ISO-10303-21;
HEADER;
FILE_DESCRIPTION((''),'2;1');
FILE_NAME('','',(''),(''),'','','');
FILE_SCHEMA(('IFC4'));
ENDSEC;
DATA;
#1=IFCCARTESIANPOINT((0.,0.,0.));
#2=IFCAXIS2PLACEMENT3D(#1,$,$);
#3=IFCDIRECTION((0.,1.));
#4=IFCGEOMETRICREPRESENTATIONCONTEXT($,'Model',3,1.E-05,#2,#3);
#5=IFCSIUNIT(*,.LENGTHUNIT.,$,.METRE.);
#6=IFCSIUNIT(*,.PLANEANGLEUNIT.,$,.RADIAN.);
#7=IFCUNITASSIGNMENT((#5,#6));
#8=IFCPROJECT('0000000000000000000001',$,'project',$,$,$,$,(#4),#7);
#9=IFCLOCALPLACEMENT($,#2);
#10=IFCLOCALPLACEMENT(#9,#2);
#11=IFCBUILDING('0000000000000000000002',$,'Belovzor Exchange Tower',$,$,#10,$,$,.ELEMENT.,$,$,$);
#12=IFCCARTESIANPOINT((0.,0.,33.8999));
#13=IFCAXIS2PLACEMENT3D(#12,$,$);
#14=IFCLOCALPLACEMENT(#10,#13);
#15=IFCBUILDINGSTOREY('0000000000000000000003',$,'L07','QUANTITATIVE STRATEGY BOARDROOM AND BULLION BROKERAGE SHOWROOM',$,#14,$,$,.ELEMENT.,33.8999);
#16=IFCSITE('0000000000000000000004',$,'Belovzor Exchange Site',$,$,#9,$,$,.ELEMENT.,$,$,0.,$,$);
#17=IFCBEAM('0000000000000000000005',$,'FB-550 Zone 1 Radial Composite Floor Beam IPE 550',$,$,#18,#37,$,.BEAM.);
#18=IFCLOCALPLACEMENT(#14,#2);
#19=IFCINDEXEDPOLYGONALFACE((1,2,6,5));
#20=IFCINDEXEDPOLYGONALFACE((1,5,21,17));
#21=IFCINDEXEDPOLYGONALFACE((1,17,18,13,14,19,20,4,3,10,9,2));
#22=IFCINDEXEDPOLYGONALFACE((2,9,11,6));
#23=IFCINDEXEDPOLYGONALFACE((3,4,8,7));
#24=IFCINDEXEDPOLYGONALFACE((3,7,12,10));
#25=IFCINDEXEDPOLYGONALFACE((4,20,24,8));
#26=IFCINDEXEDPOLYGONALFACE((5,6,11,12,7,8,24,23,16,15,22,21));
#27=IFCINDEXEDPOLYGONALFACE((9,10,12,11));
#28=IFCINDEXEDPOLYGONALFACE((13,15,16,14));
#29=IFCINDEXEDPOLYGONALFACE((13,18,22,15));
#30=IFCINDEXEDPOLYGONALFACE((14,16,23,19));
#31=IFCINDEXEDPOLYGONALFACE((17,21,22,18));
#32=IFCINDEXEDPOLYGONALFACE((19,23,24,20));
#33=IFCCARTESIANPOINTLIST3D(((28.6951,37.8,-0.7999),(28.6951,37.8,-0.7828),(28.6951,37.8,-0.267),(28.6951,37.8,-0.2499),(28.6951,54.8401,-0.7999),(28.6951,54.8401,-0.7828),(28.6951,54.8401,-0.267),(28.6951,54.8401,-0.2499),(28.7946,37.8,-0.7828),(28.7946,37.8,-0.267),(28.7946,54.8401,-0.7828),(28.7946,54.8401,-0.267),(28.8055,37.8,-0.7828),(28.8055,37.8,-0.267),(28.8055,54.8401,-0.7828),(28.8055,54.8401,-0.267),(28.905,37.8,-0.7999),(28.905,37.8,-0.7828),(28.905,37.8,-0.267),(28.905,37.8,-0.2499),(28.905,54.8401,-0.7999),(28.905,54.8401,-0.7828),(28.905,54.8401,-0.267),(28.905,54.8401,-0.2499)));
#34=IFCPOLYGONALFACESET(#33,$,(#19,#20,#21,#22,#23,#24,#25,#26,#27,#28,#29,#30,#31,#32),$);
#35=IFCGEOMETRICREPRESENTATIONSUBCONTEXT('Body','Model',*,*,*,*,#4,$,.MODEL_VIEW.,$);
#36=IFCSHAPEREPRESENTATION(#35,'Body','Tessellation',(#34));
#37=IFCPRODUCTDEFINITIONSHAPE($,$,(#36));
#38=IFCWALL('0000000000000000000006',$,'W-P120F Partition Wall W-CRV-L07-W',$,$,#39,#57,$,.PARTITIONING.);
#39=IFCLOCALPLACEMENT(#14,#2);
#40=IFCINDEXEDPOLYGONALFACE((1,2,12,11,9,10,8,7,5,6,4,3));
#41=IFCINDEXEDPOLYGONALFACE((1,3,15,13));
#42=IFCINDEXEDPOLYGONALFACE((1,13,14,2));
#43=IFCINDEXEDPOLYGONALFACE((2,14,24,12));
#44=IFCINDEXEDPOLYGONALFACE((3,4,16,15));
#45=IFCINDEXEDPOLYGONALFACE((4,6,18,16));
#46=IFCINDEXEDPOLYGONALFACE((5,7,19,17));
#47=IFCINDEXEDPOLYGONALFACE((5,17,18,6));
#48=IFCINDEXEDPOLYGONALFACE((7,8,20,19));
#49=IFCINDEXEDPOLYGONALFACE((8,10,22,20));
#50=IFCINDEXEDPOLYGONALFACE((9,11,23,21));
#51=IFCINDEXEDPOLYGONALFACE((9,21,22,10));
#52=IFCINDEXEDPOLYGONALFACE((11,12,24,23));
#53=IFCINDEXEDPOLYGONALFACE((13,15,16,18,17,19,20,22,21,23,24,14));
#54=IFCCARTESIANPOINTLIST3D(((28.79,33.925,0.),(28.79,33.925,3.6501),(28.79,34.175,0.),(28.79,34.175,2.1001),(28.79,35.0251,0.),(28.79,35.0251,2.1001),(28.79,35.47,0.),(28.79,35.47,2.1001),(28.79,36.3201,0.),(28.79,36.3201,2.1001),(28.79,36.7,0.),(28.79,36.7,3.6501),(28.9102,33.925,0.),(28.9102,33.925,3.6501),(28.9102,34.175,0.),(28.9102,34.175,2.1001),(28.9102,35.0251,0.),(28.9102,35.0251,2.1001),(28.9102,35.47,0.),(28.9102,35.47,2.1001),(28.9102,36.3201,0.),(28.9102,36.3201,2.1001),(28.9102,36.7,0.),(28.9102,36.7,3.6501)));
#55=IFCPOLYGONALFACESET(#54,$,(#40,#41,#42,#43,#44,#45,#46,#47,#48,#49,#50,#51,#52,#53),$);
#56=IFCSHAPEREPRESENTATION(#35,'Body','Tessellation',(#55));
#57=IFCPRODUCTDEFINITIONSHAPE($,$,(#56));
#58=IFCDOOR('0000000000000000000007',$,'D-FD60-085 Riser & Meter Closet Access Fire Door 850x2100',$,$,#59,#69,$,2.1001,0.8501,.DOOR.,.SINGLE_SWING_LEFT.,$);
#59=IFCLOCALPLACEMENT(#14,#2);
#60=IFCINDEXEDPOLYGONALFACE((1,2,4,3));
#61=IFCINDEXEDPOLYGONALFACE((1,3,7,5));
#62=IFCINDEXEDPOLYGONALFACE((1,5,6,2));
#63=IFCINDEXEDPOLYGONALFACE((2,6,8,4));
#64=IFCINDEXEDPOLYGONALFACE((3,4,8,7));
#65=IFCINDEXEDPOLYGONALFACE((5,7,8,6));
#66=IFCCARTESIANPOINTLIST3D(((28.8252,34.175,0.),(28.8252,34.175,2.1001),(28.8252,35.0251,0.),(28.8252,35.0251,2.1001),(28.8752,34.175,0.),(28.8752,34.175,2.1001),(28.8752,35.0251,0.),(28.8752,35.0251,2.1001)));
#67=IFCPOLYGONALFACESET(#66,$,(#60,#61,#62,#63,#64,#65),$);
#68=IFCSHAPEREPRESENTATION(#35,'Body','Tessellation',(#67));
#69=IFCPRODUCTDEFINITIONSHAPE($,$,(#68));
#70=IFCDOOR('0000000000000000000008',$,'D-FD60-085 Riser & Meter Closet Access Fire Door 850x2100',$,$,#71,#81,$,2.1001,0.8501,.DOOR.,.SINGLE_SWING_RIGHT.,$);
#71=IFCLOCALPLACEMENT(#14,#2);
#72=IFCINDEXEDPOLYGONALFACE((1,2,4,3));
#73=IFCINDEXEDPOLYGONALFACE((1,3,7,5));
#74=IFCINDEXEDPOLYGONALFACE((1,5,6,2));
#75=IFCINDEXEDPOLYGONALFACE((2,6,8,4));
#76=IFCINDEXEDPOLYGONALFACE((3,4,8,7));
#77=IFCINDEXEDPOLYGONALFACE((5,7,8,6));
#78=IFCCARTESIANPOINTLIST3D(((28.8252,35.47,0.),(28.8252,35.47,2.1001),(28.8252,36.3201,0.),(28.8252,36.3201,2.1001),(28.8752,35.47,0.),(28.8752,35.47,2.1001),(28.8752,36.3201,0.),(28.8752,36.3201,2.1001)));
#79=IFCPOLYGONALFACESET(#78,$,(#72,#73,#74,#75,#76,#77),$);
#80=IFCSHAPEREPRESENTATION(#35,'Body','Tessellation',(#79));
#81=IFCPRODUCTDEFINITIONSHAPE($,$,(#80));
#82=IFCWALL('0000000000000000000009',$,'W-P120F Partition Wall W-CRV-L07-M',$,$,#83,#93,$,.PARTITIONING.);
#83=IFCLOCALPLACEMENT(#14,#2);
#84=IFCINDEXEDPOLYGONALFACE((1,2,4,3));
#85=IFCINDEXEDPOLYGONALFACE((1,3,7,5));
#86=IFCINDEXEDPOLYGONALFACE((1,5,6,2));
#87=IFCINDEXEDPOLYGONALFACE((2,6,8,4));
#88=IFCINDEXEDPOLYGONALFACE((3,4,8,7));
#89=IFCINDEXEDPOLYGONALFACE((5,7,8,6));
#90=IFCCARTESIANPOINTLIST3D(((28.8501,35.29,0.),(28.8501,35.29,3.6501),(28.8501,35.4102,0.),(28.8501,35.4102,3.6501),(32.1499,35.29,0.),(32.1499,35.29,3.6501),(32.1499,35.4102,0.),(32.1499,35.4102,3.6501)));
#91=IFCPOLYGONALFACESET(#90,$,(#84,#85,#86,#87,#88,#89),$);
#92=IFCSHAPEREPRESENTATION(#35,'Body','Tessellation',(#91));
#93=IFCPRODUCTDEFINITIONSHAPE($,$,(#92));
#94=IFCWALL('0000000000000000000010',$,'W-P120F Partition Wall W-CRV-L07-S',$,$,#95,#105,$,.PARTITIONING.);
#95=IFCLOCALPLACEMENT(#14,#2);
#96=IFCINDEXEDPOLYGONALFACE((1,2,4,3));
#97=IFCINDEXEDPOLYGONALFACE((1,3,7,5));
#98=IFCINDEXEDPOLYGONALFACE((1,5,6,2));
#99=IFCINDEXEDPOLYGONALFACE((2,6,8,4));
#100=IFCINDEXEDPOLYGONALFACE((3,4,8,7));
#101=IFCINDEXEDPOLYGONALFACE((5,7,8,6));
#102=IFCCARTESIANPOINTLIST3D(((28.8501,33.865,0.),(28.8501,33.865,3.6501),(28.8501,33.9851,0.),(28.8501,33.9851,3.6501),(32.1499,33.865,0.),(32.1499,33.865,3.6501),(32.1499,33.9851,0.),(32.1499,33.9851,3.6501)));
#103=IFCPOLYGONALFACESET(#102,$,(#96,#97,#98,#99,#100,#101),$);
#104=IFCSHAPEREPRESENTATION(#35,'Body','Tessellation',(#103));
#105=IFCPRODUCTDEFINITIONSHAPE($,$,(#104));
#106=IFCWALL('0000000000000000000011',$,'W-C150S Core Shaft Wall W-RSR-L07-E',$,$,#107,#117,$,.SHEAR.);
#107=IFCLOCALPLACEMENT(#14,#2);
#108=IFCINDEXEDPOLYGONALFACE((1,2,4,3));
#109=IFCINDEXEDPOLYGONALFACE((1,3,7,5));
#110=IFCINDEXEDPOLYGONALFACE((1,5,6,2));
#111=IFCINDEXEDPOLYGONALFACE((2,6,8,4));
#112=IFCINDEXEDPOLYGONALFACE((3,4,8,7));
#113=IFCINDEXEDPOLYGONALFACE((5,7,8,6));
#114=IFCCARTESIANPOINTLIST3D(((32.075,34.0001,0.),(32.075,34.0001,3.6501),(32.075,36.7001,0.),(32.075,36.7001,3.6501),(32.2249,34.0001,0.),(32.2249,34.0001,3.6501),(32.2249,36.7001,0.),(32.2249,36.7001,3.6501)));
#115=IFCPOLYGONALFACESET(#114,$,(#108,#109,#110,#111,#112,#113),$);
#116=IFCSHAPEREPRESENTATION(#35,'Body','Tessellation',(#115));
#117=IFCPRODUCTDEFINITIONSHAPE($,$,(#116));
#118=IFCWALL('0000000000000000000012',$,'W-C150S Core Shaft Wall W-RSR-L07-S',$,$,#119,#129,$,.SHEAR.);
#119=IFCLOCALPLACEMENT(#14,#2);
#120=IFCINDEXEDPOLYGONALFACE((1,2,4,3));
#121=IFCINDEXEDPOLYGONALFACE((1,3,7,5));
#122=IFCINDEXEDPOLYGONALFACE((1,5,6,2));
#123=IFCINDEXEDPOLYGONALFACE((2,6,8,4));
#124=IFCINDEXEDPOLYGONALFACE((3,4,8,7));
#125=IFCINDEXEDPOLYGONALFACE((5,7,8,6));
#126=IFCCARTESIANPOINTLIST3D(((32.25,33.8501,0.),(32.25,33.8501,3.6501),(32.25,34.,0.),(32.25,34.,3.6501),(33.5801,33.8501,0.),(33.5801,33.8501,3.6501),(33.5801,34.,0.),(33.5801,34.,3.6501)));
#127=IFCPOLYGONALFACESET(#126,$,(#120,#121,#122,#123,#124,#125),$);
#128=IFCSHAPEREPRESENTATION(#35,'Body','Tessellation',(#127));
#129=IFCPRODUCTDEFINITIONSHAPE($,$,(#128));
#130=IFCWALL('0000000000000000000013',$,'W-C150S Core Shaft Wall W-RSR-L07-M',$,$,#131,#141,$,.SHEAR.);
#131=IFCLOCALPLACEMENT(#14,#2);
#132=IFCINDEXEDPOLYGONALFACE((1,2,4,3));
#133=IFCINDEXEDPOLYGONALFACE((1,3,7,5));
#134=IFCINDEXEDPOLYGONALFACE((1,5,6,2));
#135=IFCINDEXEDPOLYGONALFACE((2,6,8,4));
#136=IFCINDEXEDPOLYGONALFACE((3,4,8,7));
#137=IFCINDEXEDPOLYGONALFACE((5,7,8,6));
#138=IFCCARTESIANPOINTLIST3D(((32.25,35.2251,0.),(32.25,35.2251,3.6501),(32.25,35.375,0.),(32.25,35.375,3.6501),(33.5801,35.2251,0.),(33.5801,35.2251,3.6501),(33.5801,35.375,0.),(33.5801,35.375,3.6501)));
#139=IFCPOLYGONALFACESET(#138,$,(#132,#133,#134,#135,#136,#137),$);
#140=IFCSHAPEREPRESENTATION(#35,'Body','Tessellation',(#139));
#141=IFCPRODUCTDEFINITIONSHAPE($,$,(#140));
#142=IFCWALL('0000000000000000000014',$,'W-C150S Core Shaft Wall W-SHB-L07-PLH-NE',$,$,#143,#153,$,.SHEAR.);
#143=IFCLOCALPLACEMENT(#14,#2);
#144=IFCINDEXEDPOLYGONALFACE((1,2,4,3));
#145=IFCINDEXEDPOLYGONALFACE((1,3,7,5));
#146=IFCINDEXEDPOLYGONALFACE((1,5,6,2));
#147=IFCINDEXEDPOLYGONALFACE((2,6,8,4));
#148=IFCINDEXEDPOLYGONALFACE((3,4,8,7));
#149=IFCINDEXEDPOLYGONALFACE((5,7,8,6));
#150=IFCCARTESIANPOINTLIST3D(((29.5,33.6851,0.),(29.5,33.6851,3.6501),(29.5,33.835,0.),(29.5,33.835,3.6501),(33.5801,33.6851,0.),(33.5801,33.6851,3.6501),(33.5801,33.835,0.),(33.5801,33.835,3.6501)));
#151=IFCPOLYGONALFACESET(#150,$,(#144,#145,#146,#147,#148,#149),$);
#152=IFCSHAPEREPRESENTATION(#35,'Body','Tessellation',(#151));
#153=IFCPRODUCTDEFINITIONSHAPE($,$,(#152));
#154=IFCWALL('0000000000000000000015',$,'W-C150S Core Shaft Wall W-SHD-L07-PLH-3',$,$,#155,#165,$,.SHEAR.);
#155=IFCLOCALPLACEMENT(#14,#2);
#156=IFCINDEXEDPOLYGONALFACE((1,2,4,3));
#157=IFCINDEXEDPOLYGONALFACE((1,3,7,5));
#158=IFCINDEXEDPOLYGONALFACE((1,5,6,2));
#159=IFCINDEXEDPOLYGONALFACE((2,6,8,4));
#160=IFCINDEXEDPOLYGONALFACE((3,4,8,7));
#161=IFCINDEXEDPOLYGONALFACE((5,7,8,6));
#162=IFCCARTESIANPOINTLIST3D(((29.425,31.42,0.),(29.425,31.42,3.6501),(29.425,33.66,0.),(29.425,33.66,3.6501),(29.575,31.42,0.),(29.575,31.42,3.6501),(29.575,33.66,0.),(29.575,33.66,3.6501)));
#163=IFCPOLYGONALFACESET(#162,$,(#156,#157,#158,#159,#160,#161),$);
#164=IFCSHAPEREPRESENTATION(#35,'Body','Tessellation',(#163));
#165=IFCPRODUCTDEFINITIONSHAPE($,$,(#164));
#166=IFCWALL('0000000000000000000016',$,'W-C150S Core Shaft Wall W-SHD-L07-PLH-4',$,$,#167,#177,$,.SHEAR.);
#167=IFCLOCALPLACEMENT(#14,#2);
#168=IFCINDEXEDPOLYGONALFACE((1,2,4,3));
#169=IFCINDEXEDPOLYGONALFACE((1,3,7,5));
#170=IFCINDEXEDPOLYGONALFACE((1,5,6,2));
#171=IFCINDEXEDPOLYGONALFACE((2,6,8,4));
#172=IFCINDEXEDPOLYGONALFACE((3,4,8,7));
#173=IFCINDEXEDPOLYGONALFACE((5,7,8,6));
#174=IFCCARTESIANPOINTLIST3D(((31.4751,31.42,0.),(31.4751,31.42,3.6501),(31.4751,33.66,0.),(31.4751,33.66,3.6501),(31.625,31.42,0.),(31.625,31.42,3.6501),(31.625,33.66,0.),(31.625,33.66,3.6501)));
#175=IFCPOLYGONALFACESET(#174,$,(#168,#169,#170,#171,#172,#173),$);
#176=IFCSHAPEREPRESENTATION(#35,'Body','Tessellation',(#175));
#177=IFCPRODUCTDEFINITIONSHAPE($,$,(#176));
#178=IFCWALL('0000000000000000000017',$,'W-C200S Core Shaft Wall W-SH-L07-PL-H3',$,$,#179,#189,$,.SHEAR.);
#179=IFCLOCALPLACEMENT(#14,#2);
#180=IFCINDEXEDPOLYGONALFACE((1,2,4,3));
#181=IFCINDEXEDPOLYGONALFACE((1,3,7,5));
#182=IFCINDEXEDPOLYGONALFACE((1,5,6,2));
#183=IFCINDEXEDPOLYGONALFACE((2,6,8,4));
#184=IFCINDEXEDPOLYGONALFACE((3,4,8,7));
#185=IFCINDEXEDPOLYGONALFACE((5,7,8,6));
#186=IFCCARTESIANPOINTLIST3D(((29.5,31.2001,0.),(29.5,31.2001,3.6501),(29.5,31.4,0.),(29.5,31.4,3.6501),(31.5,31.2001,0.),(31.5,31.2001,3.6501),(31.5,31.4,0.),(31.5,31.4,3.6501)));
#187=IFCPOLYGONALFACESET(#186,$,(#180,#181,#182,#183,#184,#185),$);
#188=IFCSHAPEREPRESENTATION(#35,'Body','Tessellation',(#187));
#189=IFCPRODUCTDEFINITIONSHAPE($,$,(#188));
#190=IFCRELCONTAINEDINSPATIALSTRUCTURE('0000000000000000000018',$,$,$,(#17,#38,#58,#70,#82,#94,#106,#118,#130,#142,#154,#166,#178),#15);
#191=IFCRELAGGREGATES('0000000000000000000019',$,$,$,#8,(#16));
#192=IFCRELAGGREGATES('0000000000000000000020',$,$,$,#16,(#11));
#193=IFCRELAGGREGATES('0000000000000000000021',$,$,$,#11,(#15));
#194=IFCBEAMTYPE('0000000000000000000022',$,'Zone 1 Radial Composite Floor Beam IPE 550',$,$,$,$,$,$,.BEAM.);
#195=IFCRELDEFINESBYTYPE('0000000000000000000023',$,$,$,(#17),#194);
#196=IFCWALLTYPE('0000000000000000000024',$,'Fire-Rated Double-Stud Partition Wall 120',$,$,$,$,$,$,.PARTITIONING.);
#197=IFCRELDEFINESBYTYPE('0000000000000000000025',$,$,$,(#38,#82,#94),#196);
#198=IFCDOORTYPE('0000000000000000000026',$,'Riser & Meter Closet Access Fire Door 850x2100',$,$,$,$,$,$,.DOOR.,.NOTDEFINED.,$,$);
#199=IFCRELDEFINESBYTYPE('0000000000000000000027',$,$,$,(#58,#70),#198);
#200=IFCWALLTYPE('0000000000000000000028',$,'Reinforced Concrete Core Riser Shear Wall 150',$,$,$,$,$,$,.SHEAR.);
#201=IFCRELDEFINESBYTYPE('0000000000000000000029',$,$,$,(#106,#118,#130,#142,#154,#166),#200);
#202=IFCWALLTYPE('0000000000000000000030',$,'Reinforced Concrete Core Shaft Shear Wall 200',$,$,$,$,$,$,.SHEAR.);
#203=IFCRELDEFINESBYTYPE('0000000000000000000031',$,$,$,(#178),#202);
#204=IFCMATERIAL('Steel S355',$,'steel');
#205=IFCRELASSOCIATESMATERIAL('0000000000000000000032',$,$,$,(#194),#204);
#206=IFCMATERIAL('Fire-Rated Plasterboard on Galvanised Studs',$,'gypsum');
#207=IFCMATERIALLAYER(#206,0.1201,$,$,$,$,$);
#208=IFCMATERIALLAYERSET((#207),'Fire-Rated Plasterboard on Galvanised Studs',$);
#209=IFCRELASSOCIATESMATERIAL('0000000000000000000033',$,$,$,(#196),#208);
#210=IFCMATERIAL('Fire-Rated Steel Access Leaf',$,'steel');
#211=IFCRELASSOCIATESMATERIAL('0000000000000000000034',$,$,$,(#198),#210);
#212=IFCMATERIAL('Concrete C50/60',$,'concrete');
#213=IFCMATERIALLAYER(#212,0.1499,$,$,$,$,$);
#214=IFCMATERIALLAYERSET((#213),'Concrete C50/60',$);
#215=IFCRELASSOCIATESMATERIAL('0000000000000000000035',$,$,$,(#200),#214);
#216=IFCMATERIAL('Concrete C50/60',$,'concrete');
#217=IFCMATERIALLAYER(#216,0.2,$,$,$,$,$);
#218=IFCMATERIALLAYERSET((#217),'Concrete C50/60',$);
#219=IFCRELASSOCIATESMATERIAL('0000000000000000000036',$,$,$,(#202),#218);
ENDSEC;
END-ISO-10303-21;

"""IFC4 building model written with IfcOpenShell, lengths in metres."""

from ifc_helpers import new_model, si_unit, direction, frame, frame_2d, origin, origin_2d, place, context, subcontext, project, spatial, rectangle, i_section, extrude, material, layer, layer_set, material_profile, profile_set, type_object, element, fill, save


model = new_model("IFC4")

# Units and contexts
model_context = context("Model", 3, precision=1e-05, world=origin(), true_north=direction((0.0, 1.0)))
body_context = subcontext(model_context, "Body", "Model", "MODEL_VIEW")
ifc_project = project(units=[si_unit("LENGTHUNIT", "METRE"), si_unit("PLANEANGLEUNIT", "RADIAN")], contexts=[model_context])

# Site, building, storey
site_placement = place(None, origin())
site = spatial("IfcSite", under=ifc_project, at=site_placement, Name="Belovzor Exchange Site", CompositionType="ELEMENT", RefElevation=0.0)
building_placement = place(site_placement, origin())
building = spatial("IfcBuilding", under=site, at=building_placement, Name="Belovzor Exchange Tower", CompositionType="ELEMENT")
storey_placement = place(building_placement, frame((0.0, 0.0, 33.8999)))
storey = spatial("IfcBuildingStorey", under=building, at=storey_placement, Name="L07", Description="QUANTITATIVE STRATEGY BOARDROOM AND BULLION BROKERAGE SHOWROOM", CompositionType="ELEMENT", Elevation=33.8999)

# Beam
ifc_material_1 = material(Name="Steel S355", Category="steel")
ifc_material_profile = material_profile(ifc_material_1, i_section(OverallWidth=0.21, OverallDepth=0.55, WebThickness=0.011, FlangeThickness=0.0171, at=origin_2d()))
ifc_profile_set = profile_set([ifc_material_profile], Name="Steel S355")
beam_type = type_object("IfcBeamType", Name="Zone 1 Radial Composite Floor Beam IPE 550", PredefinedType="BEAM", material=ifc_profile_set)
beam_placement = place(storey_placement, frame((28.8, 37.8, -0.5249), z_axis=(0.0, 1.0, 0.0), x_axis=(-1.0, 0.0, 0.0)))
element("IfcBeam", 1, at=beam_placement, inside=storey, type_object=beam_type, Name="FB-550 Zone 1 Radial Composite Floor Beam IPE 550", PredefinedType="BEAM", context=body_context, shape_type="SweptSolid", body=[
    extrude(i_section(OverallWidth=0.21, OverallDepth=0.55, WebThickness=0.011, FlangeThickness=0.0171, at=origin_2d()), origin(), (0.0, 0.0, 1.0), 17.04),
])

# Wall, openings, doors
ifc_material_2 = material(Name="Fire-Rated Plasterboard on Galvanised Studs", Category="gypsum")
ifc_layer_1 = layer(ifc_material_2, 0.1201)
ifc_layer_set_1 = layer_set([ifc_layer_1], Name="Fire-Rated Plasterboard on Galvanised Studs")
wall_type_1 = type_object("IfcWallType", Name="Fire-Rated Double-Stud Partition Wall 120", PredefinedType="PARTITIONING", material=ifc_layer_set_1)
wall_1_placement = place(storey_placement, frame((28.8501, 33.925, 0.0), z_axis=(0.0, 0.0, 1.0), x_axis=(0.0, 1.0, 0.0)))
wall_1 = element("IfcWall", 2, at=wall_1_placement, inside=storey, type_object=wall_type_1, Name="W-P120F Partition Wall W-CRV-L07-W", PredefinedType="PARTITIONING", context=body_context, shape_type="SweptSolid", body=[
    extrude(rectangle(XDim=2.7749, YDim=0.1201, at=frame_2d((1.3875, 0.0))), origin(), (0.0, 0.0, 1.0), 3.6501),
])
opening_1_placement = place(wall_1_placement, frame((0.25, 0.0, 0.0)))
opening_1 = element("IfcOpeningElement", 3, at=opening_1_placement, cuts=wall_1, PredefinedType="OPENING", context=body_context, shape_type="SweptSolid", body=[
    extrude(rectangle(XDim=0.8501, YDim=2.1001, at=frame_2d((0.425, 1.05))), frame((0.0, 0.0701, 0.0), z_axis=(0.0, -1.0, 0.0), x_axis=(1.0, 0.0, 0.0)), (0.0, 0.0, 1.0), 0.1401),
])
opening_2_placement = place(wall_1_placement, frame((1.5449, 0.0, 0.0)))
opening_2 = element("IfcOpeningElement", 4, at=opening_2_placement, cuts=wall_1, PredefinedType="OPENING", context=body_context, shape_type="SweptSolid", body=[
    extrude(rectangle(XDim=0.8501, YDim=2.1001, at=frame_2d((0.425, 1.05))), frame((0.0, 0.0701, 0.0), z_axis=(0.0, -1.0, 0.0), x_axis=(1.0, 0.0, 0.0)), (0.0, 0.0, 1.0), 0.1401),
])
ifc_material_3 = material(Name="Fire-Rated Steel Access Leaf", Category="steel")
door_type = type_object("IfcDoorType", Name="Riser & Meter Closet Access Fire Door 850x2100", OperationType="NOTDEFINED", PredefinedType="DOOR", material=ifc_material_3)
door_1_placement = place(opening_1_placement, origin())
door_1 = element("IfcDoor", 5, at=door_1_placement, inside=storey, type_object=door_type, Name="D-FD60-085 Riser & Meter Closet Access Fire Door 850x2100", OperationType="SINGLE_SWING_LEFT", OverallHeight=2.1001, OverallWidth=0.8501, PredefinedType="DOOR", context=body_context, shape_type="SweptSolid", body=[
    extrude(rectangle(XDim=0.8501, YDim=2.1001, at=frame_2d((0.425, 1.05))), frame((0.0, 0.0249, 0.0), z_axis=(0.0, -1.0, 0.0), x_axis=(1.0, 0.0, 0.0)), (0.0, 0.0, 1.0), 0.05),
])
fill(opening_1, door_1)
door_2_placement = place(opening_2_placement, origin())
door_2 = element("IfcDoor", 6, at=door_2_placement, inside=storey, type_object=door_type, Name="D-FD60-085 Riser & Meter Closet Access Fire Door 850x2100", OperationType="SINGLE_SWING_RIGHT", OverallHeight=2.1001, OverallWidth=0.8501, PredefinedType="DOOR", context=body_context, shape_type="SweptSolid", body=[
    extrude(rectangle(XDim=0.8501, YDim=2.1001, at=frame_2d((0.425, 1.05))), frame((0.0, 0.0249, 0.0), z_axis=(0.0, -1.0, 0.0), x_axis=(1.0, 0.0, 0.0)), (0.0, 0.0, 1.0), 0.05),
])
fill(opening_2, door_2)

# Walls
for number, where, z_axis, x_axis, name in (
    (7, (28.8501, 35.3501, 0.0), (0.0, 0.0, 1.0), (1.0, 0.0, 0.0), "W-P120F Partition Wall W-CRV-L07-M"),
    (8, (28.8501, 33.925, 0.0), (0.0, 0.0, 1.0), (1.0, 0.0, 0.0), "W-P120F Partition Wall W-CRV-L07-S"),
):
    element("IfcWall", number, at=place(storey_placement, frame(where, z_axis=z_axis, x_axis=x_axis)), inside=storey, type_object=wall_type_1, Name=name, PredefinedType="PARTITIONING", context=body_context, shape_type="SweptSolid", body=[
        extrude(rectangle(XDim=3.2998, YDim=0.1201, at=frame_2d((1.6499, 0.0))), origin(), (0.0, 0.0, 1.0), 3.6501),
    ])
ifc_material_4 = material(Name="Concrete C50/60", Category="concrete")
ifc_layer_2 = layer(ifc_material_4, 0.1499)
ifc_layer_set_2 = layer_set([ifc_layer_2], Name="Concrete C50/60")
wall_type_2 = type_object("IfcWallType", Name="Reinforced Concrete Core Riser Shear Wall 150", PredefinedType="SHEAR", material=ifc_layer_set_2)
wall_2_placement = place(storey_placement, frame((32.1499, 34.0, 0.0), z_axis=(0.0, 0.0, 1.0), x_axis=(0.0, 1.0, 0.0)))
element("IfcWall", 9, at=wall_2_placement, inside=storey, type_object=wall_type_2, Name="W-C150S Core Shaft Wall W-RSR-L07-E", PredefinedType="SHEAR", context=body_context, shape_type="SweptSolid", body=[
    extrude(rectangle(XDim=2.7, YDim=0.1499, at=frame_2d((1.3501, 0.0))), origin(), (0.0, 0.0, 1.0), 3.6501),
])
for number, where, z_axis, x_axis, name in (
    (10, (32.25, 33.925, 0.0), (0.0, 0.0, 1.0), (1.0, 0.0, 0.0), "W-C150S Core Shaft Wall W-RSR-L07-S"),
    (11, (32.25, 35.3, 0.0), (0.0, 0.0, 1.0), (1.0, 0.0, 0.0), "W-C150S Core Shaft Wall W-RSR-L07-M"),
):
    element("IfcWall", number, at=place(storey_placement, frame(where, z_axis=z_axis, x_axis=x_axis)), inside=storey, type_object=wall_type_2, Name=name, PredefinedType="SHEAR", context=body_context, shape_type="SweptSolid", body=[
        extrude(rectangle(XDim=1.3301, YDim=0.1499, at=frame_2d((0.665, 0.0))), origin(), (0.0, 0.0, 1.0), 3.6501),
    ])
wall_3_placement = place(storey_placement, frame((29.5, 33.76, 0.0), z_axis=(0.0, 0.0, 1.0), x_axis=(1.0, 0.0, 0.0)))
element("IfcWall", 12, at=wall_3_placement, inside=storey, type_object=wall_type_2, Name="W-C150S Core Shaft Wall W-SHB-L07-PLH-NE", PredefinedType="SHEAR", context=body_context, shape_type="SweptSolid", body=[
    extrude(rectangle(XDim=4.0801, YDim=0.1499, at=frame_2d((2.04, 0.0))), origin(), (0.0, 0.0, 1.0), 3.6501),
])
for number, where, z_axis, x_axis, name in (
    (13, (29.5, 31.4199, 0.0), (0.0, 0.0, 1.0), (0.0, 1.0, 0.0), "W-C150S Core Shaft Wall W-SHD-L07-PLH-3"),
    (14, (31.55, 31.4199, 0.0), (0.0, 0.0, 1.0), (0.0, 1.0, 0.0), "W-C150S Core Shaft Wall W-SHD-L07-PLH-4"),
):
    element("IfcWall", number, at=place(storey_placement, frame(where, z_axis=z_axis, x_axis=x_axis)), inside=storey, type_object=wall_type_2, Name=name, PredefinedType="SHEAR", context=body_context, shape_type="SweptSolid", body=[
        extrude(rectangle(XDim=2.24, YDim=0.1499, at=frame_2d((1.1201, 0.0))), origin(), (0.0, 0.0, 1.0), 3.6501),
    ])
ifc_material_5 = material(Name="Concrete C50/60", Category="concrete")
ifc_layer_3 = layer(ifc_material_5, 0.2)
ifc_layer_set_3 = layer_set([ifc_layer_3], Name="Concrete C50/60")
wall_type_3 = type_object("IfcWallType", Name="Reinforced Concrete Core Shaft Shear Wall 200", PredefinedType="SHEAR", material=ifc_layer_set_3)
for number, where, z_axis, x_axis, name in (
    (15, (29.5, 31.3, 0.0), (0.0, 0.0, 1.0), (1.0, 0.0, 0.0), "W-C200S Core Shaft Wall W-SH-L07-PL-H3"),
):
    element("IfcWall", number, at=place(storey_placement, frame(where, z_axis=z_axis, x_axis=x_axis)), inside=storey, type_object=wall_type_3, Name=name, PredefinedType="SHEAR", context=body_context, shape_type="SweptSolid", body=[
        extrude(rectangle(XDim=2.0, YDim=0.2, at=frame_2d((1.0, 0.0))), origin(), (0.0, 0.0, 1.0), 3.6501),
    ])

save(model, "model.ifc")
